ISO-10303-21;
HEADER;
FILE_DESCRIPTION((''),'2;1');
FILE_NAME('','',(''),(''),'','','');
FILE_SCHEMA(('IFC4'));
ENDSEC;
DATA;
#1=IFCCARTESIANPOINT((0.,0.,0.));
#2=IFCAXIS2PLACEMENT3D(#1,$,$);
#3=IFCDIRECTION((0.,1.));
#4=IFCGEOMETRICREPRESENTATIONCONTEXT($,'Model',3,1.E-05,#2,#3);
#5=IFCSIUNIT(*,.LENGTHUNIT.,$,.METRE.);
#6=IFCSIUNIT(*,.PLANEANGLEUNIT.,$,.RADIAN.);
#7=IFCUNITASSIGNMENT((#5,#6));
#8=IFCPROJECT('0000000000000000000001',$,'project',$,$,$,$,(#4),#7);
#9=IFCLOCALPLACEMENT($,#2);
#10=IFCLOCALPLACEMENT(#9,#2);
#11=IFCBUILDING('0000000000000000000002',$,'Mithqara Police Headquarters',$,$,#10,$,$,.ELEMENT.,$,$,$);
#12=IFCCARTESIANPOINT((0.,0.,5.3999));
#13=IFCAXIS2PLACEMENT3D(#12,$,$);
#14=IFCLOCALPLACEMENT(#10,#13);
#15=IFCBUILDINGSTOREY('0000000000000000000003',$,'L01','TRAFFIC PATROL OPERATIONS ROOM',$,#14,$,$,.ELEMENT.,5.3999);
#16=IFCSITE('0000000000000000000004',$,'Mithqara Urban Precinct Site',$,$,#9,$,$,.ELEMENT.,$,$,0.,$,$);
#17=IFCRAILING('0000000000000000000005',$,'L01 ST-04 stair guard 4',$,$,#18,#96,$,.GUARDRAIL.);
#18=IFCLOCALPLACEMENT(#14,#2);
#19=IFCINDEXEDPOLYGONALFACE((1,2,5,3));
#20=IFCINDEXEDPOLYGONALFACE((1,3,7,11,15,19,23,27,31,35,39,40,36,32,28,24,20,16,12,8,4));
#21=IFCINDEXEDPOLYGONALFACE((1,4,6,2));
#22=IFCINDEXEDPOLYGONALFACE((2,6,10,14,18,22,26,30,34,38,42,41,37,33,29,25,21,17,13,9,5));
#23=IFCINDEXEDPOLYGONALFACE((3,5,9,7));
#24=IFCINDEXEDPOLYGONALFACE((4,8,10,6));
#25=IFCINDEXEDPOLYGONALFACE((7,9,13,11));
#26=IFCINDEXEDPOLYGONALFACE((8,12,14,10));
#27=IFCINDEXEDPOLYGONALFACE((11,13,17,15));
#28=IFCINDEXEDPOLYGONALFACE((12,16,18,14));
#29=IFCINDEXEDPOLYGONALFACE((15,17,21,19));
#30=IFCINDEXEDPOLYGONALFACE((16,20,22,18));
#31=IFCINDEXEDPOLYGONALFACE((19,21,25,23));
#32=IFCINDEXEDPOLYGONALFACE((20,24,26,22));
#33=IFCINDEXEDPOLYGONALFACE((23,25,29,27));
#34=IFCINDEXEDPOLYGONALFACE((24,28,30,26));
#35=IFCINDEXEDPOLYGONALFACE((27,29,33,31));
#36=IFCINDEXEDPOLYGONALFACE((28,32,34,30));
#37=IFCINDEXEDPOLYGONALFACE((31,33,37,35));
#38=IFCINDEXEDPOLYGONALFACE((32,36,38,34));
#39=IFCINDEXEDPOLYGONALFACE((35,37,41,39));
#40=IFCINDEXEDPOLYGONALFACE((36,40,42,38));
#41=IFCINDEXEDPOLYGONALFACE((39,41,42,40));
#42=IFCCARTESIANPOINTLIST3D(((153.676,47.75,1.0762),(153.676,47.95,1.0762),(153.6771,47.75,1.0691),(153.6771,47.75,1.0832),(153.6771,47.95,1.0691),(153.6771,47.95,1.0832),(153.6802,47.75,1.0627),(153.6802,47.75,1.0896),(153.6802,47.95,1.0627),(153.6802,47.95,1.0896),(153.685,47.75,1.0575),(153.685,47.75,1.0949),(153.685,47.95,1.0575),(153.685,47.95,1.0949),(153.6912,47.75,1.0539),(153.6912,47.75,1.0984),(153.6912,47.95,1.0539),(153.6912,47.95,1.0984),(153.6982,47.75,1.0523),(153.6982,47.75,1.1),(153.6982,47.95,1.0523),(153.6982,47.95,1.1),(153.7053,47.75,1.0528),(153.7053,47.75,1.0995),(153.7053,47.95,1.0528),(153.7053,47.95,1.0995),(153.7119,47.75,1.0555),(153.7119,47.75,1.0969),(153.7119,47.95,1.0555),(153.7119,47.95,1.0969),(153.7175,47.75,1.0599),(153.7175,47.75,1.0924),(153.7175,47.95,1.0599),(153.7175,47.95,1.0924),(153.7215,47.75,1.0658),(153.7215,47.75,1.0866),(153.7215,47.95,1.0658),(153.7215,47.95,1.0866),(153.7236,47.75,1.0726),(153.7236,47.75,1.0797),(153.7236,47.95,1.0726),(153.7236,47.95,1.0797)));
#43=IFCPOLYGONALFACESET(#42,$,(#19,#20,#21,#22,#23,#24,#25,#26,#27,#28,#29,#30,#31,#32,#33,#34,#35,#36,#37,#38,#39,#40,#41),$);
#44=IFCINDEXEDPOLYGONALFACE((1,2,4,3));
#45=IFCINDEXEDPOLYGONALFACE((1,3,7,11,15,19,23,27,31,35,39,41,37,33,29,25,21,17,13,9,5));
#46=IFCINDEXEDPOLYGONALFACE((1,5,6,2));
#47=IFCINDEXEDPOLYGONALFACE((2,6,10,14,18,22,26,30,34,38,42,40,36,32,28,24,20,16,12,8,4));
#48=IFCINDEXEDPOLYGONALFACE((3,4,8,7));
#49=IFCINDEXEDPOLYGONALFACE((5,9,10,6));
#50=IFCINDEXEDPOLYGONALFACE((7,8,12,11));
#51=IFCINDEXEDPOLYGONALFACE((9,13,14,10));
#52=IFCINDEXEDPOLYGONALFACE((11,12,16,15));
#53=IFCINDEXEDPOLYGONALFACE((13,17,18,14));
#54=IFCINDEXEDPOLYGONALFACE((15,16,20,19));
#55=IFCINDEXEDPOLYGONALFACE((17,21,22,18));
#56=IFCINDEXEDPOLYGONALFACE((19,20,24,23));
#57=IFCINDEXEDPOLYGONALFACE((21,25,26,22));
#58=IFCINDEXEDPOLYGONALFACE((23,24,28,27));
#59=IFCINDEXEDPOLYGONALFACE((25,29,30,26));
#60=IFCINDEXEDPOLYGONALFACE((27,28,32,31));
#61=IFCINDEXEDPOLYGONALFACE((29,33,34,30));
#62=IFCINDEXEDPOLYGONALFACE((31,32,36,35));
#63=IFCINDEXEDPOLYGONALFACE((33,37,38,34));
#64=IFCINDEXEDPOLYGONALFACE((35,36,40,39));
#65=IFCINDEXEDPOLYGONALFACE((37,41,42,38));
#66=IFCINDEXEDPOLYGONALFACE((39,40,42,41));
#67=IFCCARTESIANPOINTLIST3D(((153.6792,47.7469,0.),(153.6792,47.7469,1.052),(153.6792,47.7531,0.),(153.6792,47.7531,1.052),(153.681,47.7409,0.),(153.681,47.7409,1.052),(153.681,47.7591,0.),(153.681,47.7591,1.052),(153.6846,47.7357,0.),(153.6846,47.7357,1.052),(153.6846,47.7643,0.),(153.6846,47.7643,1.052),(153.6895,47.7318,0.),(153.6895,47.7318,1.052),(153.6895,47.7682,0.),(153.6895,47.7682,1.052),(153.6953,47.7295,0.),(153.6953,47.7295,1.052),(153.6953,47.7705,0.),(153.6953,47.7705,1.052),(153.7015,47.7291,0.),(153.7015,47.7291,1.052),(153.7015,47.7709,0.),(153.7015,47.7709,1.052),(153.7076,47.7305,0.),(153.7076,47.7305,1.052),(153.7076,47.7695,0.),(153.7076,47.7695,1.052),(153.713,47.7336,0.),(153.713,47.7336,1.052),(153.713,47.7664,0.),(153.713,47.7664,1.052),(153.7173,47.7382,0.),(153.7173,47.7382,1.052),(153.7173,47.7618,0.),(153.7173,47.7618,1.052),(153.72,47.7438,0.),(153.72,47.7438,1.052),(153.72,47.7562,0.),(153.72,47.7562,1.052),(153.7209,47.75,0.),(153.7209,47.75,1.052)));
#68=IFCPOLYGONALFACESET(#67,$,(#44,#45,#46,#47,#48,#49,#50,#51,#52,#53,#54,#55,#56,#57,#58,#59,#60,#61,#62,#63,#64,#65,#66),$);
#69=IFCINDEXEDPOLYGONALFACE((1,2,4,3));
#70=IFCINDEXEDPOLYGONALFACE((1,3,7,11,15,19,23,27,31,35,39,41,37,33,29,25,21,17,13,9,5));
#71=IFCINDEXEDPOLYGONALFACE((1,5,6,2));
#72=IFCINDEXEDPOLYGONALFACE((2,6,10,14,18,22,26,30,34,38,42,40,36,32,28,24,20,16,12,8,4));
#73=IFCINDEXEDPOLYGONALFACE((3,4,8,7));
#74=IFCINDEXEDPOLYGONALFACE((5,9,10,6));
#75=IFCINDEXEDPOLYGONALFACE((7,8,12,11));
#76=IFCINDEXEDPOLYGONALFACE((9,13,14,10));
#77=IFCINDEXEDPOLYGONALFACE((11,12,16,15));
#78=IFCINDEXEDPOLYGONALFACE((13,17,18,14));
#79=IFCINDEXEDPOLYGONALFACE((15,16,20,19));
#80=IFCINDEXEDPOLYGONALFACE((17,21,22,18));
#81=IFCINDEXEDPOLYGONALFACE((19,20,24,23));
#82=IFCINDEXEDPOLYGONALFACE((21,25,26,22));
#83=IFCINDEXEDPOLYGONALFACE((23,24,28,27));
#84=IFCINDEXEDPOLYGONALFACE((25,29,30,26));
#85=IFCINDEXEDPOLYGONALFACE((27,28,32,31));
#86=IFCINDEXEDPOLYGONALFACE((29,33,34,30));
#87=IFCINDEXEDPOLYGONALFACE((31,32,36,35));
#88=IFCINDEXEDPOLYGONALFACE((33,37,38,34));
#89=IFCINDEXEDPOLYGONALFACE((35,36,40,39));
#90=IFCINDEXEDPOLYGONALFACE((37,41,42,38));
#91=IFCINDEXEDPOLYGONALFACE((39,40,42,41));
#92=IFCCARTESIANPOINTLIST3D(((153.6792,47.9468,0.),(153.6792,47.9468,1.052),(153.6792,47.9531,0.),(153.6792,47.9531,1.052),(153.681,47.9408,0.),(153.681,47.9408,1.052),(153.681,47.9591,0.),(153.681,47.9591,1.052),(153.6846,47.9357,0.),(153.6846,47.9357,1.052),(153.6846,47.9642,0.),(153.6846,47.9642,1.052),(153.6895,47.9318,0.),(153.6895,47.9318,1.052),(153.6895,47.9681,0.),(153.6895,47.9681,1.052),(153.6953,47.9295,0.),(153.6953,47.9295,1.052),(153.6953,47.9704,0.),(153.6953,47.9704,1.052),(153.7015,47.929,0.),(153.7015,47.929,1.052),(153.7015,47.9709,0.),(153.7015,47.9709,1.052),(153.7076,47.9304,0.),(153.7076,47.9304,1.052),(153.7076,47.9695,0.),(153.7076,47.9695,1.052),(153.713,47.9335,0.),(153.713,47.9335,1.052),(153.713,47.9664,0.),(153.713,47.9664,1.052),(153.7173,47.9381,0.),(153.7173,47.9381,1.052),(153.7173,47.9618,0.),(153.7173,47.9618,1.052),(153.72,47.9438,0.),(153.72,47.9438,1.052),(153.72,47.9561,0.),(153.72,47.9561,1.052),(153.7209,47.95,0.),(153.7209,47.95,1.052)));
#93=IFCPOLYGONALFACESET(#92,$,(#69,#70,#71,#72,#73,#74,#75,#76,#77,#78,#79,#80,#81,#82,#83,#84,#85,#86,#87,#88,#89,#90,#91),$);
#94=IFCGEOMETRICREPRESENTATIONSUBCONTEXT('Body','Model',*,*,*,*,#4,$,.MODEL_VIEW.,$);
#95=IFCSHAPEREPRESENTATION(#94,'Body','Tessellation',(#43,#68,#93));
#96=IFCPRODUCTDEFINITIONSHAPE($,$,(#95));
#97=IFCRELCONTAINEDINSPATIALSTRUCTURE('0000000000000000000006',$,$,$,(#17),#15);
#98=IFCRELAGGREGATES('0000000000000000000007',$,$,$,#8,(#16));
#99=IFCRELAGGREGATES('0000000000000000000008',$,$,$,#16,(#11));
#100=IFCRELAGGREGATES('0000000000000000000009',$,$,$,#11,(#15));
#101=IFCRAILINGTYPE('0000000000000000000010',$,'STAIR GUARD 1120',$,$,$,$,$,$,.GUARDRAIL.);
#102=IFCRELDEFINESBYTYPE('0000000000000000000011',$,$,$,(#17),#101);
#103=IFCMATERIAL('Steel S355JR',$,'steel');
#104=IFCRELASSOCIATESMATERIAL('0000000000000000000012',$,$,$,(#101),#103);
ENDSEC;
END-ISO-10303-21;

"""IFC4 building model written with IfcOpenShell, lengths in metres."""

from ifc_helpers import new_model, si_unit, direction, frame, origin, origin_2d, place, context, subcontext, project, spatial, circle, extrude, material, type_object, element, save


model = new_model("IFC4")

# Units and contexts
model_context = context("Model", 3, precision=1e-05, world=origin(), true_north=direction((0.0, 1.0)))
body_context = subcontext(model_context, "Body", "Model", "MODEL_VIEW")
ifc_project = project(units=[si_unit("LENGTHUNIT", "METRE"), si_unit("PLANEANGLEUNIT", "RADIAN")], contexts=[model_context])

# Site, building, storey
site_placement = place(None, origin())
site = spatial("IfcSite", under=ifc_project, at=site_placement, Name="Mithqara Urban Precinct Site", CompositionType="ELEMENT", RefElevation=0.0)
building_placement = place(site_placement, origin())
building = spatial("IfcBuilding", under=site, at=building_placement, Name="Mithqara Police Headquarters", CompositionType="ELEMENT")
storey_placement = place(building_placement, frame((0.0, 0.0, 5.3999)))
storey = spatial("IfcBuildingStorey", under=building, at=storey_placement, Name="L01", Description="TRAFFIC PATROL OPERATIONS ROOM", CompositionType="ELEMENT", Elevation=5.3999)

# Shared definitions
ifc_material_1 = material(Name="Steel S355JR", Category="steel")

# Railing
railing_type_1 = type_object("IfcRailingType", Name="STAIR GUARD 1120", PredefinedType="GUARDRAIL", material=ifc_material_1)
railing_1_placement = place(storey_placement, frame((153.7, 47.75, 0.0)))
element("IfcRailing", 1, at=railing_1_placement, inside=storey, type_object=railing_type_1, Name="L01 ST-04 stair guard 4", PredefinedType="GUARDRAIL", context=body_context, shape_type="SweptSolid", body=[
    extrude(circle(Radius=0.0239, at=origin_2d()), frame((0.0, 0.0, 1.0762), z_axis=(0.0, 1.0, 0.0), x_axis=(-1.0, 0.0, 0.0)), (0.0, 0.0, 1.0), 0.2),
    extrude(circle(Radius=0.021, at=origin_2d()), origin(), (0.0, 0.0, 1.0), 1.052),
    extrude(circle(Radius=0.021, at=origin_2d()), frame((0.0, 0.2, 0.0)), (0.0, 0.0, 1.0), 1.052),
])

save(model, "model.ifc")
